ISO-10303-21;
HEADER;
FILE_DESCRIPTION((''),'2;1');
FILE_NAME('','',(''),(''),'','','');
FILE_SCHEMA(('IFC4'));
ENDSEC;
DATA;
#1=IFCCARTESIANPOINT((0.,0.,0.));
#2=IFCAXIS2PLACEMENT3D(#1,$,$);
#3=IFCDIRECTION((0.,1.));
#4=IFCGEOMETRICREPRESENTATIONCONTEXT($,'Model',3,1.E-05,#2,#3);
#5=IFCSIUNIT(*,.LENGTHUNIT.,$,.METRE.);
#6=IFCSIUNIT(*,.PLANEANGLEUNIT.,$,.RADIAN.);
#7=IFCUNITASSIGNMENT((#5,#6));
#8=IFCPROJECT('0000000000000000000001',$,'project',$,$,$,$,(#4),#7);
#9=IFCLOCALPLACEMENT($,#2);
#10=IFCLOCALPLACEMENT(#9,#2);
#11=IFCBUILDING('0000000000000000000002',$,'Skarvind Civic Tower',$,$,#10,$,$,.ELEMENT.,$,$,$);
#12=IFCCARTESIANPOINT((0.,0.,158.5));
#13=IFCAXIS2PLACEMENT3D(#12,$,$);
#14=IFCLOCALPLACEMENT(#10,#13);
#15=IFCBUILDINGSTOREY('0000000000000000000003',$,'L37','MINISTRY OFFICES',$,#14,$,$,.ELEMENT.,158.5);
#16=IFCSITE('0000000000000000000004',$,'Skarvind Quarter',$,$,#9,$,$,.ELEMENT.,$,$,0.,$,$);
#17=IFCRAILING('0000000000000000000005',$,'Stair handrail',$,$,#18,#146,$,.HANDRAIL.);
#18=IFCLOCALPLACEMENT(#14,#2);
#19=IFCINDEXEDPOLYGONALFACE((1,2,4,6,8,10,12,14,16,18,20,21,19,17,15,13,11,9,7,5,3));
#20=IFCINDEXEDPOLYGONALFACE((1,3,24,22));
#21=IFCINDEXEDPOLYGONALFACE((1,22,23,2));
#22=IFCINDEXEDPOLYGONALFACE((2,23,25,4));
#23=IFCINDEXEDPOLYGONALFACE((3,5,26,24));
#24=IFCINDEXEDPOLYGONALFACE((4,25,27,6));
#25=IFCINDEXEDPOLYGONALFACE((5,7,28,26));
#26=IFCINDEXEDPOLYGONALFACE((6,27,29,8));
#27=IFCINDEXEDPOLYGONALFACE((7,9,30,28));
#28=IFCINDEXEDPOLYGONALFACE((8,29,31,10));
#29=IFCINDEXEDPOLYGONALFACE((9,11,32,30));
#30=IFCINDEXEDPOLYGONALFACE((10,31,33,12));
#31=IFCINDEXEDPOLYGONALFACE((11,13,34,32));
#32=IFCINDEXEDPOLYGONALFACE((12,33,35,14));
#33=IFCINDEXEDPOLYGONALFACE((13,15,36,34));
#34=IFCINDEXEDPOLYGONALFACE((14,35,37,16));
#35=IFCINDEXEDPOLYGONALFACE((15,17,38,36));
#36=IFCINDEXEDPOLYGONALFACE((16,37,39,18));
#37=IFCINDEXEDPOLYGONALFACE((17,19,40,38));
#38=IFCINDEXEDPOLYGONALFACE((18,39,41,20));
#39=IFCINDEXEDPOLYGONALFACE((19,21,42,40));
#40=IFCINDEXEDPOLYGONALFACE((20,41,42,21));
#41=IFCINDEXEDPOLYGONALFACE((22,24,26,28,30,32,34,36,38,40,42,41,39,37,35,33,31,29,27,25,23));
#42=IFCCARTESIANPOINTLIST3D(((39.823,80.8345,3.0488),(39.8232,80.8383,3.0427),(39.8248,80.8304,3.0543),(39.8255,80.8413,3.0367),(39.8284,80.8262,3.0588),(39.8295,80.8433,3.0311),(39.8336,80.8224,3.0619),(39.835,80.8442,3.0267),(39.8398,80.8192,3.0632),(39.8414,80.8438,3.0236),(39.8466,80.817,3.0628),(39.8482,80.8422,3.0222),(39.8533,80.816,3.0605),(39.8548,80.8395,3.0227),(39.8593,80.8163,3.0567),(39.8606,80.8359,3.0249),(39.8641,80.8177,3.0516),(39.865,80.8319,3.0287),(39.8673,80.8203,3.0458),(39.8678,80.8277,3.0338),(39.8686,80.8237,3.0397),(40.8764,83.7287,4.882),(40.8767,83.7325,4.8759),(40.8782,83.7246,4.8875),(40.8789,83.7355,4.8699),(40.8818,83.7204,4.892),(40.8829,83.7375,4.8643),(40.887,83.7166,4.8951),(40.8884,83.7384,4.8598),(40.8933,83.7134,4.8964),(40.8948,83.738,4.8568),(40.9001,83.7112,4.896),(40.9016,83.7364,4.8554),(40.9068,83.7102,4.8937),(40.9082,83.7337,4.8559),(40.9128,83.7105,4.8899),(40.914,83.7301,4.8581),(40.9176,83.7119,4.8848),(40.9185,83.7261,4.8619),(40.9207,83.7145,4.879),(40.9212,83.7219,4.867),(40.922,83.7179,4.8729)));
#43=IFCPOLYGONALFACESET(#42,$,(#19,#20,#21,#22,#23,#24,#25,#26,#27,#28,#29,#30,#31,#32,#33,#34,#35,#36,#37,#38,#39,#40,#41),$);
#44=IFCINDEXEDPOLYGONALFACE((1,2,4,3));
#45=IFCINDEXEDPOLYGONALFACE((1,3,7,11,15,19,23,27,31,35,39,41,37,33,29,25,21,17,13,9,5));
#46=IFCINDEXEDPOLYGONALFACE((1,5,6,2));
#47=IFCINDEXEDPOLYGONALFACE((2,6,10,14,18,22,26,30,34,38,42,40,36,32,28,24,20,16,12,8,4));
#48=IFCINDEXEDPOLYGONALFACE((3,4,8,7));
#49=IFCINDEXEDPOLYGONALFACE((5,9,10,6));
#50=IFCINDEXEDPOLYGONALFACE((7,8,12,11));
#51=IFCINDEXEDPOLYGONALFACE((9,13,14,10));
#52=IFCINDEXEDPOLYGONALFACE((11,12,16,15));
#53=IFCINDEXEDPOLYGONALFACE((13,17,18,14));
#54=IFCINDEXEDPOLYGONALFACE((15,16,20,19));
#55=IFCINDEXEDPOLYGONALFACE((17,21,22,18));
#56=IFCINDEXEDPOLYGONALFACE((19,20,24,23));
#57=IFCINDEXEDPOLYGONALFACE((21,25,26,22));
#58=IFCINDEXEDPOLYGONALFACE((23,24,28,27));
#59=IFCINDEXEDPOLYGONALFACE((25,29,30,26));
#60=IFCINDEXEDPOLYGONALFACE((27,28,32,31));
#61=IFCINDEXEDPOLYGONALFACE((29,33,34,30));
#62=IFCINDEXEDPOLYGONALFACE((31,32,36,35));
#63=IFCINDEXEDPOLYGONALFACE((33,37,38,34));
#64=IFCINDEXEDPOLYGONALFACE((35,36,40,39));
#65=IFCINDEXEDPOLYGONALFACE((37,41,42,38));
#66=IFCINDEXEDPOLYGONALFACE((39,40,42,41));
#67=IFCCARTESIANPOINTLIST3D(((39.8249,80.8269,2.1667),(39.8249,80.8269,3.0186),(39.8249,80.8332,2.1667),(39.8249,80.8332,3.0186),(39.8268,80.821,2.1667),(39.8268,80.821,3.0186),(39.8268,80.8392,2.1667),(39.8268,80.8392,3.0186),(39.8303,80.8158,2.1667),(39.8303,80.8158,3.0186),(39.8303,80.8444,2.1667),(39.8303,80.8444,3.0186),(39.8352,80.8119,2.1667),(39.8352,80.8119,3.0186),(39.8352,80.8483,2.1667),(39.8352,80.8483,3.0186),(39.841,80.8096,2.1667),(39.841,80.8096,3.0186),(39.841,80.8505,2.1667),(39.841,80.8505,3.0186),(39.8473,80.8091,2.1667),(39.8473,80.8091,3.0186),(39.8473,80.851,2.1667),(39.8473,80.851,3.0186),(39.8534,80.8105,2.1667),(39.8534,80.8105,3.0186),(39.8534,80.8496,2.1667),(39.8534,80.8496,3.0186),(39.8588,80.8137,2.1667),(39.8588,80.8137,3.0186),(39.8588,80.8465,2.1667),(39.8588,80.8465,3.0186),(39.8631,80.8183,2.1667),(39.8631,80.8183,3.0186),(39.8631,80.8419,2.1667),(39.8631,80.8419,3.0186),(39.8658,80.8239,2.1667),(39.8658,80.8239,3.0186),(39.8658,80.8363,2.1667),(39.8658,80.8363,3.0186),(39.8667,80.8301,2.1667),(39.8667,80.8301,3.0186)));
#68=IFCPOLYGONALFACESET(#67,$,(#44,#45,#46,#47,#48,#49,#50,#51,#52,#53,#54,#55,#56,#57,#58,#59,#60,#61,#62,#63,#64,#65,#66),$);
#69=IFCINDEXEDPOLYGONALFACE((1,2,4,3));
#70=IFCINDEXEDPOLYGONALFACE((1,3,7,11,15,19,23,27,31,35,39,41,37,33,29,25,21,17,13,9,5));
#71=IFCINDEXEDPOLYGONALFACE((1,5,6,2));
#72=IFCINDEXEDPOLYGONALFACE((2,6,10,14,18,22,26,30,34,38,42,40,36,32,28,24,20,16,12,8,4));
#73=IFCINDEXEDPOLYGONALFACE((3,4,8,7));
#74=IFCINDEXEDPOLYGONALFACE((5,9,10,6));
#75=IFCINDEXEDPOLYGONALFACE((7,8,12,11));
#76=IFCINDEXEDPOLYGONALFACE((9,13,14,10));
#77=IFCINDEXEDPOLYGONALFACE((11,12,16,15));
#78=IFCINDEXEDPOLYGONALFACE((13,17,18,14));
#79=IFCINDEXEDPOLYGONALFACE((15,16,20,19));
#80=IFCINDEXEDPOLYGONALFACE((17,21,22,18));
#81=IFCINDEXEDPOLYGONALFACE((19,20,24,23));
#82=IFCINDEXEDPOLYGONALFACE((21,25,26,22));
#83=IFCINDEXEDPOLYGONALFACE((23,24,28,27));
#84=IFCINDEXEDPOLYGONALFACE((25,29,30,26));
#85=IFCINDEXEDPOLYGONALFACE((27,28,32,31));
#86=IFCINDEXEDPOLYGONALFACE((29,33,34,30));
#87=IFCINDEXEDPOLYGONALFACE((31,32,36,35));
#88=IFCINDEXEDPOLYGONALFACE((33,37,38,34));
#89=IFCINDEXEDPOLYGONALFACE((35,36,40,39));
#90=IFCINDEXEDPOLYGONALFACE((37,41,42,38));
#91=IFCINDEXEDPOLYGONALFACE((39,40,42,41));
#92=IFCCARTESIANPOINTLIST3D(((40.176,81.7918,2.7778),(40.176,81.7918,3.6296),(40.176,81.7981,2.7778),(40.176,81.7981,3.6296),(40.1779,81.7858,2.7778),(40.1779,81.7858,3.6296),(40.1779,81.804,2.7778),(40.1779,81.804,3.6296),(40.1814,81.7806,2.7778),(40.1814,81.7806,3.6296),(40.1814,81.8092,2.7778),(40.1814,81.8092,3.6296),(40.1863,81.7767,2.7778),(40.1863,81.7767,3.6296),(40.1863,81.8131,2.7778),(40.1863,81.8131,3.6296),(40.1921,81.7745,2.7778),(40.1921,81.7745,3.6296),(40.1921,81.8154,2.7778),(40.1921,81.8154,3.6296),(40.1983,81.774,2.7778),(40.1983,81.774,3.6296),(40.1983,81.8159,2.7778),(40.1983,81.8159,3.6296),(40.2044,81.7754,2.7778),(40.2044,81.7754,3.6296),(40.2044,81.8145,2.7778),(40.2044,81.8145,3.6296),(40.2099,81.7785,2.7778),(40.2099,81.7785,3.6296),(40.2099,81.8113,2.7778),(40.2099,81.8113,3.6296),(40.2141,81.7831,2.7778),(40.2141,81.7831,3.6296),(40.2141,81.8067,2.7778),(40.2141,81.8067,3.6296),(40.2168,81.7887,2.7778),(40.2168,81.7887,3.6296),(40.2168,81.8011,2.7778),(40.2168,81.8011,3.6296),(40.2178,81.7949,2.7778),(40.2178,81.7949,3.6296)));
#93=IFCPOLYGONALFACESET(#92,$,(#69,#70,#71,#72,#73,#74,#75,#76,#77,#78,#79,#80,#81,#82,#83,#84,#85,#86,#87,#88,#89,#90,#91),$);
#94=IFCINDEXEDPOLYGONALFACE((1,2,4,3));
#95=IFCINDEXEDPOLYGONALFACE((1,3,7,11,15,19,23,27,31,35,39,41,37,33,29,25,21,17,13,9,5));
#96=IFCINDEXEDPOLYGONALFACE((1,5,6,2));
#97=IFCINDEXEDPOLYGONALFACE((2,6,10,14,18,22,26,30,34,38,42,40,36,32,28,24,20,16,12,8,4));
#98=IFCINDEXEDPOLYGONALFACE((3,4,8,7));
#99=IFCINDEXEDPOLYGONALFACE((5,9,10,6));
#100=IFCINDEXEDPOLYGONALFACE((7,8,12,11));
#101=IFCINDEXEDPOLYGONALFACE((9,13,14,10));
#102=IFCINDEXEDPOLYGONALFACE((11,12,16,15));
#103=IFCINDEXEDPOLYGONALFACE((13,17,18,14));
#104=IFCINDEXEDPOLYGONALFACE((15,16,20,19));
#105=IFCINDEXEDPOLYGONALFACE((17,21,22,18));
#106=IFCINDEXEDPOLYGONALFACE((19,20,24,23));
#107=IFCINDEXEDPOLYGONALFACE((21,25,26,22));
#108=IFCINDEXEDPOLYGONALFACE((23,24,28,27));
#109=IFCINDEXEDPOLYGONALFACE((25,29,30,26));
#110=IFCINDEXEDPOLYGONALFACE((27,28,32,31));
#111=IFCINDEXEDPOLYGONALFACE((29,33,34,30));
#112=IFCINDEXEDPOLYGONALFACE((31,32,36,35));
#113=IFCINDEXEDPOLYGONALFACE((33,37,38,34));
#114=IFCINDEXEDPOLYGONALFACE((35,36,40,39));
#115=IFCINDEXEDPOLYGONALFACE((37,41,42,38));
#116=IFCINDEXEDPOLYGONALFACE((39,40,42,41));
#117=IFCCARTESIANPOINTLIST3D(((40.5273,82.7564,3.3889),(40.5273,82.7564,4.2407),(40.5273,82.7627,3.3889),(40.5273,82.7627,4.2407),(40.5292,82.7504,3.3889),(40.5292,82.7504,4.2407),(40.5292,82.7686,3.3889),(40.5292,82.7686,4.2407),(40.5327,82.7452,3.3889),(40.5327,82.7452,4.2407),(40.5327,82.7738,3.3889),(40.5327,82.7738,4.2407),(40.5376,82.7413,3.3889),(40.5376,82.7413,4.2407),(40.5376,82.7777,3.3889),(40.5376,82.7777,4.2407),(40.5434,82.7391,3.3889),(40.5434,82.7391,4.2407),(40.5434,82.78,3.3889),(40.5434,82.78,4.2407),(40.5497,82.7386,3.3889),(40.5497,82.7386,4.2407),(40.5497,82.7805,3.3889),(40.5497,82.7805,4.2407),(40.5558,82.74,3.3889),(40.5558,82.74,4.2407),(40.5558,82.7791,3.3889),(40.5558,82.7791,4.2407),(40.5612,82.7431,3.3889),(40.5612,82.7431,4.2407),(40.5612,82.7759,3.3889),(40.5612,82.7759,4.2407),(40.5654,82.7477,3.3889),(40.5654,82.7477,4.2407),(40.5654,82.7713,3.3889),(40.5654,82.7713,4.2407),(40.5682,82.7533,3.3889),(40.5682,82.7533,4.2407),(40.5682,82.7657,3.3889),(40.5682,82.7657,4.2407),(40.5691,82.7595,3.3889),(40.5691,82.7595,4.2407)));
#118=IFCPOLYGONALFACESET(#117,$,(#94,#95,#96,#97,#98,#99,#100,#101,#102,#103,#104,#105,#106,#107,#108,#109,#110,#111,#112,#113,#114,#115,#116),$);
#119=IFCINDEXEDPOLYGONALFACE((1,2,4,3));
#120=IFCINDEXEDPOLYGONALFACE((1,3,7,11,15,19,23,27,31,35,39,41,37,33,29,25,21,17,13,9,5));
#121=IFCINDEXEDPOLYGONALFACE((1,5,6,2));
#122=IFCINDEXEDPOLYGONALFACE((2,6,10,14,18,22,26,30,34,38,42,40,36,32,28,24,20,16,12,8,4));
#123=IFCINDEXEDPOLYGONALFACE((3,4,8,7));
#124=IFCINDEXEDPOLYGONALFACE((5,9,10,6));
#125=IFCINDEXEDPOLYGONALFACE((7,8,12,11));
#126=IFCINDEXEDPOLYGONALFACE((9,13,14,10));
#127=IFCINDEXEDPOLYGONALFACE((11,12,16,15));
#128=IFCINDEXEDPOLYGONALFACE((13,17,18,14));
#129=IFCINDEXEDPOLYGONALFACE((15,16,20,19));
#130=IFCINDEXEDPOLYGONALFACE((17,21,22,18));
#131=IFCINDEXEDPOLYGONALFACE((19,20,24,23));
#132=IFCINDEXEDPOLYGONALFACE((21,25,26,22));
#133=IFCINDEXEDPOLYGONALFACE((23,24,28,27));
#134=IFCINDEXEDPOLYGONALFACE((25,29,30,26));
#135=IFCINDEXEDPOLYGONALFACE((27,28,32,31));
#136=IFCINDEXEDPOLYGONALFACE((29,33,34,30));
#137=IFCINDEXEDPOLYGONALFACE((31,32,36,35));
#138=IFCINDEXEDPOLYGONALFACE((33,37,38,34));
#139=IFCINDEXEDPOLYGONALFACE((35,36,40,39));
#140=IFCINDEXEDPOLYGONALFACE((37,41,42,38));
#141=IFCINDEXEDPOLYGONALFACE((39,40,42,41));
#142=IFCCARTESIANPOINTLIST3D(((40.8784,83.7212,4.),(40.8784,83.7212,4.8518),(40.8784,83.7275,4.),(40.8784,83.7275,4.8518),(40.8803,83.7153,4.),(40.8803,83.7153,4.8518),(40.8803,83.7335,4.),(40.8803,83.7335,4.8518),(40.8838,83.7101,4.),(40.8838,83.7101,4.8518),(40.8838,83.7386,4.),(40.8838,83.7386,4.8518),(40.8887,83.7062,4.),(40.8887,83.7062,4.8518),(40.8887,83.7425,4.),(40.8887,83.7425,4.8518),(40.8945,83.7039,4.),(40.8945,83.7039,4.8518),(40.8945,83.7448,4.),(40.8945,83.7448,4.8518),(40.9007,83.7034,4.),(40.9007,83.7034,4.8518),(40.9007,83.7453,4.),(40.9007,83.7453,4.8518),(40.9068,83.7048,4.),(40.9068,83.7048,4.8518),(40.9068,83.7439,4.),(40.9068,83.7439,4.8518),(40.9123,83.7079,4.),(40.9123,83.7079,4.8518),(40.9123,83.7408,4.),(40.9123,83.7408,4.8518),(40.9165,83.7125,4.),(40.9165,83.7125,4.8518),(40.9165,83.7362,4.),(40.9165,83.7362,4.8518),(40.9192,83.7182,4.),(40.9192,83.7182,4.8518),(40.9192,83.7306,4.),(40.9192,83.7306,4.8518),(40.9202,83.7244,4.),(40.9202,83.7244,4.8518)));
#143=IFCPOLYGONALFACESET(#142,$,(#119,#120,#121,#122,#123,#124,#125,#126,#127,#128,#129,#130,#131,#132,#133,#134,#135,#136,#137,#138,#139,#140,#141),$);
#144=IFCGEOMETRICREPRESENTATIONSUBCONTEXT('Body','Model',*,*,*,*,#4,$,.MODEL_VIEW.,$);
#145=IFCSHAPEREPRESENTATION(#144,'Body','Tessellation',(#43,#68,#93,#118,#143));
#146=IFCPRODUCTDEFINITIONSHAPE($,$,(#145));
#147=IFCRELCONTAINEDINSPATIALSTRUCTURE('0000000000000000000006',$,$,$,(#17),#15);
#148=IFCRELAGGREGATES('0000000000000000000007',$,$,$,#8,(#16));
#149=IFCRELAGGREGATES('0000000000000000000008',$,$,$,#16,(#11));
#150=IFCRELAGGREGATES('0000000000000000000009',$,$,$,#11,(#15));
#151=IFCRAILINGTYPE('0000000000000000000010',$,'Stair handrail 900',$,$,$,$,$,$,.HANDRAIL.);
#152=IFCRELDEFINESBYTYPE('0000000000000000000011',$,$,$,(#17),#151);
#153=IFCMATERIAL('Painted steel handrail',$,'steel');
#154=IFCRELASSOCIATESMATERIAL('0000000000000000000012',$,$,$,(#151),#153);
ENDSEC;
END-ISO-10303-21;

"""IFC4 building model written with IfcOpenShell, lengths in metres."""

from ifc_helpers import new_model, si_unit, direction, frame, origin, origin_2d, place, context, subcontext, project, spatial, circle, extrude, material, type_object, element, save


model = new_model("IFC4")

# Units and contexts
model_context = context("Model", 3, precision=1e-05, world=origin(), true_north=direction((0.0, 1.0)))
body_context = subcontext(model_context, "Body", "Model", "MODEL_VIEW")
ifc_project = project(units=[si_unit("LENGTHUNIT", "METRE"), si_unit("PLANEANGLEUNIT", "RADIAN")], contexts=[model_context])

# Site, building, storey
site_placement = place(None, origin())
site = spatial("IfcSite", under=ifc_project, at=site_placement, Name="Skarvind Quarter", CompositionType="ELEMENT", RefElevation=0.0)
building_placement = place(site_placement, origin())
building = spatial("IfcBuilding", under=site, at=building_placement, Name="Skarvind Civic Tower", CompositionType="ELEMENT")
storey_placement = place(building_placement, frame((0.0, 0.0, 158.5)))
storey = spatial("IfcBuildingStorey", under=building, at=storey_placement, Name="L37", Description="MINISTRY OFFICES", CompositionType="ELEMENT", Elevation=158.5)

# Railing
ifc_material_1 = material(Name="Painted steel handrail", Category="steel")
railing_type = type_object("IfcRailingType", Name="Stair handrail 900", PredefinedType="HANDRAIL", material=ifc_material_1)
railing_placement = place(storey_placement, frame((39.8457, 80.8301, 2.1667)))
element("IfcRailing", 1, at=railing_placement, inside=storey, type_object=railing_type, Name="Stair handrail", PredefinedType="HANDRAIL", context=body_context, shape_type="SweptSolid", body=[
    extrude(circle(Radius=0.0239, at=origin_2d()), frame((0.0, 0.0, 0.876), z_axis=(0.293908, 0.807481, 0.511461), x_axis=(-0.939689, 0.342029, 0.0)), (0.0, 0.0, 1.0), 3.5842),
    extrude(circle(Radius=0.021, at=origin_2d()), origin(), (0.0, 0.0, 1.0), 0.8518),
    extrude(circle(Radius=0.021, at=origin_2d()), frame((0.3511, 0.9648, 0.6111)), (0.0, 0.0, 1.0), 0.8518),
    extrude(circle(Radius=0.021, at=origin_2d()), frame((0.7024, 1.9294, 1.2222)), (0.0, 0.0, 1.0), 0.8518),
    extrude(circle(Radius=0.021, at=origin_2d()), frame((1.0535, 2.8943, 1.8333)), (0.0, 0.0, 1.0), 0.8518),
])

save(model, "model.ifc")
